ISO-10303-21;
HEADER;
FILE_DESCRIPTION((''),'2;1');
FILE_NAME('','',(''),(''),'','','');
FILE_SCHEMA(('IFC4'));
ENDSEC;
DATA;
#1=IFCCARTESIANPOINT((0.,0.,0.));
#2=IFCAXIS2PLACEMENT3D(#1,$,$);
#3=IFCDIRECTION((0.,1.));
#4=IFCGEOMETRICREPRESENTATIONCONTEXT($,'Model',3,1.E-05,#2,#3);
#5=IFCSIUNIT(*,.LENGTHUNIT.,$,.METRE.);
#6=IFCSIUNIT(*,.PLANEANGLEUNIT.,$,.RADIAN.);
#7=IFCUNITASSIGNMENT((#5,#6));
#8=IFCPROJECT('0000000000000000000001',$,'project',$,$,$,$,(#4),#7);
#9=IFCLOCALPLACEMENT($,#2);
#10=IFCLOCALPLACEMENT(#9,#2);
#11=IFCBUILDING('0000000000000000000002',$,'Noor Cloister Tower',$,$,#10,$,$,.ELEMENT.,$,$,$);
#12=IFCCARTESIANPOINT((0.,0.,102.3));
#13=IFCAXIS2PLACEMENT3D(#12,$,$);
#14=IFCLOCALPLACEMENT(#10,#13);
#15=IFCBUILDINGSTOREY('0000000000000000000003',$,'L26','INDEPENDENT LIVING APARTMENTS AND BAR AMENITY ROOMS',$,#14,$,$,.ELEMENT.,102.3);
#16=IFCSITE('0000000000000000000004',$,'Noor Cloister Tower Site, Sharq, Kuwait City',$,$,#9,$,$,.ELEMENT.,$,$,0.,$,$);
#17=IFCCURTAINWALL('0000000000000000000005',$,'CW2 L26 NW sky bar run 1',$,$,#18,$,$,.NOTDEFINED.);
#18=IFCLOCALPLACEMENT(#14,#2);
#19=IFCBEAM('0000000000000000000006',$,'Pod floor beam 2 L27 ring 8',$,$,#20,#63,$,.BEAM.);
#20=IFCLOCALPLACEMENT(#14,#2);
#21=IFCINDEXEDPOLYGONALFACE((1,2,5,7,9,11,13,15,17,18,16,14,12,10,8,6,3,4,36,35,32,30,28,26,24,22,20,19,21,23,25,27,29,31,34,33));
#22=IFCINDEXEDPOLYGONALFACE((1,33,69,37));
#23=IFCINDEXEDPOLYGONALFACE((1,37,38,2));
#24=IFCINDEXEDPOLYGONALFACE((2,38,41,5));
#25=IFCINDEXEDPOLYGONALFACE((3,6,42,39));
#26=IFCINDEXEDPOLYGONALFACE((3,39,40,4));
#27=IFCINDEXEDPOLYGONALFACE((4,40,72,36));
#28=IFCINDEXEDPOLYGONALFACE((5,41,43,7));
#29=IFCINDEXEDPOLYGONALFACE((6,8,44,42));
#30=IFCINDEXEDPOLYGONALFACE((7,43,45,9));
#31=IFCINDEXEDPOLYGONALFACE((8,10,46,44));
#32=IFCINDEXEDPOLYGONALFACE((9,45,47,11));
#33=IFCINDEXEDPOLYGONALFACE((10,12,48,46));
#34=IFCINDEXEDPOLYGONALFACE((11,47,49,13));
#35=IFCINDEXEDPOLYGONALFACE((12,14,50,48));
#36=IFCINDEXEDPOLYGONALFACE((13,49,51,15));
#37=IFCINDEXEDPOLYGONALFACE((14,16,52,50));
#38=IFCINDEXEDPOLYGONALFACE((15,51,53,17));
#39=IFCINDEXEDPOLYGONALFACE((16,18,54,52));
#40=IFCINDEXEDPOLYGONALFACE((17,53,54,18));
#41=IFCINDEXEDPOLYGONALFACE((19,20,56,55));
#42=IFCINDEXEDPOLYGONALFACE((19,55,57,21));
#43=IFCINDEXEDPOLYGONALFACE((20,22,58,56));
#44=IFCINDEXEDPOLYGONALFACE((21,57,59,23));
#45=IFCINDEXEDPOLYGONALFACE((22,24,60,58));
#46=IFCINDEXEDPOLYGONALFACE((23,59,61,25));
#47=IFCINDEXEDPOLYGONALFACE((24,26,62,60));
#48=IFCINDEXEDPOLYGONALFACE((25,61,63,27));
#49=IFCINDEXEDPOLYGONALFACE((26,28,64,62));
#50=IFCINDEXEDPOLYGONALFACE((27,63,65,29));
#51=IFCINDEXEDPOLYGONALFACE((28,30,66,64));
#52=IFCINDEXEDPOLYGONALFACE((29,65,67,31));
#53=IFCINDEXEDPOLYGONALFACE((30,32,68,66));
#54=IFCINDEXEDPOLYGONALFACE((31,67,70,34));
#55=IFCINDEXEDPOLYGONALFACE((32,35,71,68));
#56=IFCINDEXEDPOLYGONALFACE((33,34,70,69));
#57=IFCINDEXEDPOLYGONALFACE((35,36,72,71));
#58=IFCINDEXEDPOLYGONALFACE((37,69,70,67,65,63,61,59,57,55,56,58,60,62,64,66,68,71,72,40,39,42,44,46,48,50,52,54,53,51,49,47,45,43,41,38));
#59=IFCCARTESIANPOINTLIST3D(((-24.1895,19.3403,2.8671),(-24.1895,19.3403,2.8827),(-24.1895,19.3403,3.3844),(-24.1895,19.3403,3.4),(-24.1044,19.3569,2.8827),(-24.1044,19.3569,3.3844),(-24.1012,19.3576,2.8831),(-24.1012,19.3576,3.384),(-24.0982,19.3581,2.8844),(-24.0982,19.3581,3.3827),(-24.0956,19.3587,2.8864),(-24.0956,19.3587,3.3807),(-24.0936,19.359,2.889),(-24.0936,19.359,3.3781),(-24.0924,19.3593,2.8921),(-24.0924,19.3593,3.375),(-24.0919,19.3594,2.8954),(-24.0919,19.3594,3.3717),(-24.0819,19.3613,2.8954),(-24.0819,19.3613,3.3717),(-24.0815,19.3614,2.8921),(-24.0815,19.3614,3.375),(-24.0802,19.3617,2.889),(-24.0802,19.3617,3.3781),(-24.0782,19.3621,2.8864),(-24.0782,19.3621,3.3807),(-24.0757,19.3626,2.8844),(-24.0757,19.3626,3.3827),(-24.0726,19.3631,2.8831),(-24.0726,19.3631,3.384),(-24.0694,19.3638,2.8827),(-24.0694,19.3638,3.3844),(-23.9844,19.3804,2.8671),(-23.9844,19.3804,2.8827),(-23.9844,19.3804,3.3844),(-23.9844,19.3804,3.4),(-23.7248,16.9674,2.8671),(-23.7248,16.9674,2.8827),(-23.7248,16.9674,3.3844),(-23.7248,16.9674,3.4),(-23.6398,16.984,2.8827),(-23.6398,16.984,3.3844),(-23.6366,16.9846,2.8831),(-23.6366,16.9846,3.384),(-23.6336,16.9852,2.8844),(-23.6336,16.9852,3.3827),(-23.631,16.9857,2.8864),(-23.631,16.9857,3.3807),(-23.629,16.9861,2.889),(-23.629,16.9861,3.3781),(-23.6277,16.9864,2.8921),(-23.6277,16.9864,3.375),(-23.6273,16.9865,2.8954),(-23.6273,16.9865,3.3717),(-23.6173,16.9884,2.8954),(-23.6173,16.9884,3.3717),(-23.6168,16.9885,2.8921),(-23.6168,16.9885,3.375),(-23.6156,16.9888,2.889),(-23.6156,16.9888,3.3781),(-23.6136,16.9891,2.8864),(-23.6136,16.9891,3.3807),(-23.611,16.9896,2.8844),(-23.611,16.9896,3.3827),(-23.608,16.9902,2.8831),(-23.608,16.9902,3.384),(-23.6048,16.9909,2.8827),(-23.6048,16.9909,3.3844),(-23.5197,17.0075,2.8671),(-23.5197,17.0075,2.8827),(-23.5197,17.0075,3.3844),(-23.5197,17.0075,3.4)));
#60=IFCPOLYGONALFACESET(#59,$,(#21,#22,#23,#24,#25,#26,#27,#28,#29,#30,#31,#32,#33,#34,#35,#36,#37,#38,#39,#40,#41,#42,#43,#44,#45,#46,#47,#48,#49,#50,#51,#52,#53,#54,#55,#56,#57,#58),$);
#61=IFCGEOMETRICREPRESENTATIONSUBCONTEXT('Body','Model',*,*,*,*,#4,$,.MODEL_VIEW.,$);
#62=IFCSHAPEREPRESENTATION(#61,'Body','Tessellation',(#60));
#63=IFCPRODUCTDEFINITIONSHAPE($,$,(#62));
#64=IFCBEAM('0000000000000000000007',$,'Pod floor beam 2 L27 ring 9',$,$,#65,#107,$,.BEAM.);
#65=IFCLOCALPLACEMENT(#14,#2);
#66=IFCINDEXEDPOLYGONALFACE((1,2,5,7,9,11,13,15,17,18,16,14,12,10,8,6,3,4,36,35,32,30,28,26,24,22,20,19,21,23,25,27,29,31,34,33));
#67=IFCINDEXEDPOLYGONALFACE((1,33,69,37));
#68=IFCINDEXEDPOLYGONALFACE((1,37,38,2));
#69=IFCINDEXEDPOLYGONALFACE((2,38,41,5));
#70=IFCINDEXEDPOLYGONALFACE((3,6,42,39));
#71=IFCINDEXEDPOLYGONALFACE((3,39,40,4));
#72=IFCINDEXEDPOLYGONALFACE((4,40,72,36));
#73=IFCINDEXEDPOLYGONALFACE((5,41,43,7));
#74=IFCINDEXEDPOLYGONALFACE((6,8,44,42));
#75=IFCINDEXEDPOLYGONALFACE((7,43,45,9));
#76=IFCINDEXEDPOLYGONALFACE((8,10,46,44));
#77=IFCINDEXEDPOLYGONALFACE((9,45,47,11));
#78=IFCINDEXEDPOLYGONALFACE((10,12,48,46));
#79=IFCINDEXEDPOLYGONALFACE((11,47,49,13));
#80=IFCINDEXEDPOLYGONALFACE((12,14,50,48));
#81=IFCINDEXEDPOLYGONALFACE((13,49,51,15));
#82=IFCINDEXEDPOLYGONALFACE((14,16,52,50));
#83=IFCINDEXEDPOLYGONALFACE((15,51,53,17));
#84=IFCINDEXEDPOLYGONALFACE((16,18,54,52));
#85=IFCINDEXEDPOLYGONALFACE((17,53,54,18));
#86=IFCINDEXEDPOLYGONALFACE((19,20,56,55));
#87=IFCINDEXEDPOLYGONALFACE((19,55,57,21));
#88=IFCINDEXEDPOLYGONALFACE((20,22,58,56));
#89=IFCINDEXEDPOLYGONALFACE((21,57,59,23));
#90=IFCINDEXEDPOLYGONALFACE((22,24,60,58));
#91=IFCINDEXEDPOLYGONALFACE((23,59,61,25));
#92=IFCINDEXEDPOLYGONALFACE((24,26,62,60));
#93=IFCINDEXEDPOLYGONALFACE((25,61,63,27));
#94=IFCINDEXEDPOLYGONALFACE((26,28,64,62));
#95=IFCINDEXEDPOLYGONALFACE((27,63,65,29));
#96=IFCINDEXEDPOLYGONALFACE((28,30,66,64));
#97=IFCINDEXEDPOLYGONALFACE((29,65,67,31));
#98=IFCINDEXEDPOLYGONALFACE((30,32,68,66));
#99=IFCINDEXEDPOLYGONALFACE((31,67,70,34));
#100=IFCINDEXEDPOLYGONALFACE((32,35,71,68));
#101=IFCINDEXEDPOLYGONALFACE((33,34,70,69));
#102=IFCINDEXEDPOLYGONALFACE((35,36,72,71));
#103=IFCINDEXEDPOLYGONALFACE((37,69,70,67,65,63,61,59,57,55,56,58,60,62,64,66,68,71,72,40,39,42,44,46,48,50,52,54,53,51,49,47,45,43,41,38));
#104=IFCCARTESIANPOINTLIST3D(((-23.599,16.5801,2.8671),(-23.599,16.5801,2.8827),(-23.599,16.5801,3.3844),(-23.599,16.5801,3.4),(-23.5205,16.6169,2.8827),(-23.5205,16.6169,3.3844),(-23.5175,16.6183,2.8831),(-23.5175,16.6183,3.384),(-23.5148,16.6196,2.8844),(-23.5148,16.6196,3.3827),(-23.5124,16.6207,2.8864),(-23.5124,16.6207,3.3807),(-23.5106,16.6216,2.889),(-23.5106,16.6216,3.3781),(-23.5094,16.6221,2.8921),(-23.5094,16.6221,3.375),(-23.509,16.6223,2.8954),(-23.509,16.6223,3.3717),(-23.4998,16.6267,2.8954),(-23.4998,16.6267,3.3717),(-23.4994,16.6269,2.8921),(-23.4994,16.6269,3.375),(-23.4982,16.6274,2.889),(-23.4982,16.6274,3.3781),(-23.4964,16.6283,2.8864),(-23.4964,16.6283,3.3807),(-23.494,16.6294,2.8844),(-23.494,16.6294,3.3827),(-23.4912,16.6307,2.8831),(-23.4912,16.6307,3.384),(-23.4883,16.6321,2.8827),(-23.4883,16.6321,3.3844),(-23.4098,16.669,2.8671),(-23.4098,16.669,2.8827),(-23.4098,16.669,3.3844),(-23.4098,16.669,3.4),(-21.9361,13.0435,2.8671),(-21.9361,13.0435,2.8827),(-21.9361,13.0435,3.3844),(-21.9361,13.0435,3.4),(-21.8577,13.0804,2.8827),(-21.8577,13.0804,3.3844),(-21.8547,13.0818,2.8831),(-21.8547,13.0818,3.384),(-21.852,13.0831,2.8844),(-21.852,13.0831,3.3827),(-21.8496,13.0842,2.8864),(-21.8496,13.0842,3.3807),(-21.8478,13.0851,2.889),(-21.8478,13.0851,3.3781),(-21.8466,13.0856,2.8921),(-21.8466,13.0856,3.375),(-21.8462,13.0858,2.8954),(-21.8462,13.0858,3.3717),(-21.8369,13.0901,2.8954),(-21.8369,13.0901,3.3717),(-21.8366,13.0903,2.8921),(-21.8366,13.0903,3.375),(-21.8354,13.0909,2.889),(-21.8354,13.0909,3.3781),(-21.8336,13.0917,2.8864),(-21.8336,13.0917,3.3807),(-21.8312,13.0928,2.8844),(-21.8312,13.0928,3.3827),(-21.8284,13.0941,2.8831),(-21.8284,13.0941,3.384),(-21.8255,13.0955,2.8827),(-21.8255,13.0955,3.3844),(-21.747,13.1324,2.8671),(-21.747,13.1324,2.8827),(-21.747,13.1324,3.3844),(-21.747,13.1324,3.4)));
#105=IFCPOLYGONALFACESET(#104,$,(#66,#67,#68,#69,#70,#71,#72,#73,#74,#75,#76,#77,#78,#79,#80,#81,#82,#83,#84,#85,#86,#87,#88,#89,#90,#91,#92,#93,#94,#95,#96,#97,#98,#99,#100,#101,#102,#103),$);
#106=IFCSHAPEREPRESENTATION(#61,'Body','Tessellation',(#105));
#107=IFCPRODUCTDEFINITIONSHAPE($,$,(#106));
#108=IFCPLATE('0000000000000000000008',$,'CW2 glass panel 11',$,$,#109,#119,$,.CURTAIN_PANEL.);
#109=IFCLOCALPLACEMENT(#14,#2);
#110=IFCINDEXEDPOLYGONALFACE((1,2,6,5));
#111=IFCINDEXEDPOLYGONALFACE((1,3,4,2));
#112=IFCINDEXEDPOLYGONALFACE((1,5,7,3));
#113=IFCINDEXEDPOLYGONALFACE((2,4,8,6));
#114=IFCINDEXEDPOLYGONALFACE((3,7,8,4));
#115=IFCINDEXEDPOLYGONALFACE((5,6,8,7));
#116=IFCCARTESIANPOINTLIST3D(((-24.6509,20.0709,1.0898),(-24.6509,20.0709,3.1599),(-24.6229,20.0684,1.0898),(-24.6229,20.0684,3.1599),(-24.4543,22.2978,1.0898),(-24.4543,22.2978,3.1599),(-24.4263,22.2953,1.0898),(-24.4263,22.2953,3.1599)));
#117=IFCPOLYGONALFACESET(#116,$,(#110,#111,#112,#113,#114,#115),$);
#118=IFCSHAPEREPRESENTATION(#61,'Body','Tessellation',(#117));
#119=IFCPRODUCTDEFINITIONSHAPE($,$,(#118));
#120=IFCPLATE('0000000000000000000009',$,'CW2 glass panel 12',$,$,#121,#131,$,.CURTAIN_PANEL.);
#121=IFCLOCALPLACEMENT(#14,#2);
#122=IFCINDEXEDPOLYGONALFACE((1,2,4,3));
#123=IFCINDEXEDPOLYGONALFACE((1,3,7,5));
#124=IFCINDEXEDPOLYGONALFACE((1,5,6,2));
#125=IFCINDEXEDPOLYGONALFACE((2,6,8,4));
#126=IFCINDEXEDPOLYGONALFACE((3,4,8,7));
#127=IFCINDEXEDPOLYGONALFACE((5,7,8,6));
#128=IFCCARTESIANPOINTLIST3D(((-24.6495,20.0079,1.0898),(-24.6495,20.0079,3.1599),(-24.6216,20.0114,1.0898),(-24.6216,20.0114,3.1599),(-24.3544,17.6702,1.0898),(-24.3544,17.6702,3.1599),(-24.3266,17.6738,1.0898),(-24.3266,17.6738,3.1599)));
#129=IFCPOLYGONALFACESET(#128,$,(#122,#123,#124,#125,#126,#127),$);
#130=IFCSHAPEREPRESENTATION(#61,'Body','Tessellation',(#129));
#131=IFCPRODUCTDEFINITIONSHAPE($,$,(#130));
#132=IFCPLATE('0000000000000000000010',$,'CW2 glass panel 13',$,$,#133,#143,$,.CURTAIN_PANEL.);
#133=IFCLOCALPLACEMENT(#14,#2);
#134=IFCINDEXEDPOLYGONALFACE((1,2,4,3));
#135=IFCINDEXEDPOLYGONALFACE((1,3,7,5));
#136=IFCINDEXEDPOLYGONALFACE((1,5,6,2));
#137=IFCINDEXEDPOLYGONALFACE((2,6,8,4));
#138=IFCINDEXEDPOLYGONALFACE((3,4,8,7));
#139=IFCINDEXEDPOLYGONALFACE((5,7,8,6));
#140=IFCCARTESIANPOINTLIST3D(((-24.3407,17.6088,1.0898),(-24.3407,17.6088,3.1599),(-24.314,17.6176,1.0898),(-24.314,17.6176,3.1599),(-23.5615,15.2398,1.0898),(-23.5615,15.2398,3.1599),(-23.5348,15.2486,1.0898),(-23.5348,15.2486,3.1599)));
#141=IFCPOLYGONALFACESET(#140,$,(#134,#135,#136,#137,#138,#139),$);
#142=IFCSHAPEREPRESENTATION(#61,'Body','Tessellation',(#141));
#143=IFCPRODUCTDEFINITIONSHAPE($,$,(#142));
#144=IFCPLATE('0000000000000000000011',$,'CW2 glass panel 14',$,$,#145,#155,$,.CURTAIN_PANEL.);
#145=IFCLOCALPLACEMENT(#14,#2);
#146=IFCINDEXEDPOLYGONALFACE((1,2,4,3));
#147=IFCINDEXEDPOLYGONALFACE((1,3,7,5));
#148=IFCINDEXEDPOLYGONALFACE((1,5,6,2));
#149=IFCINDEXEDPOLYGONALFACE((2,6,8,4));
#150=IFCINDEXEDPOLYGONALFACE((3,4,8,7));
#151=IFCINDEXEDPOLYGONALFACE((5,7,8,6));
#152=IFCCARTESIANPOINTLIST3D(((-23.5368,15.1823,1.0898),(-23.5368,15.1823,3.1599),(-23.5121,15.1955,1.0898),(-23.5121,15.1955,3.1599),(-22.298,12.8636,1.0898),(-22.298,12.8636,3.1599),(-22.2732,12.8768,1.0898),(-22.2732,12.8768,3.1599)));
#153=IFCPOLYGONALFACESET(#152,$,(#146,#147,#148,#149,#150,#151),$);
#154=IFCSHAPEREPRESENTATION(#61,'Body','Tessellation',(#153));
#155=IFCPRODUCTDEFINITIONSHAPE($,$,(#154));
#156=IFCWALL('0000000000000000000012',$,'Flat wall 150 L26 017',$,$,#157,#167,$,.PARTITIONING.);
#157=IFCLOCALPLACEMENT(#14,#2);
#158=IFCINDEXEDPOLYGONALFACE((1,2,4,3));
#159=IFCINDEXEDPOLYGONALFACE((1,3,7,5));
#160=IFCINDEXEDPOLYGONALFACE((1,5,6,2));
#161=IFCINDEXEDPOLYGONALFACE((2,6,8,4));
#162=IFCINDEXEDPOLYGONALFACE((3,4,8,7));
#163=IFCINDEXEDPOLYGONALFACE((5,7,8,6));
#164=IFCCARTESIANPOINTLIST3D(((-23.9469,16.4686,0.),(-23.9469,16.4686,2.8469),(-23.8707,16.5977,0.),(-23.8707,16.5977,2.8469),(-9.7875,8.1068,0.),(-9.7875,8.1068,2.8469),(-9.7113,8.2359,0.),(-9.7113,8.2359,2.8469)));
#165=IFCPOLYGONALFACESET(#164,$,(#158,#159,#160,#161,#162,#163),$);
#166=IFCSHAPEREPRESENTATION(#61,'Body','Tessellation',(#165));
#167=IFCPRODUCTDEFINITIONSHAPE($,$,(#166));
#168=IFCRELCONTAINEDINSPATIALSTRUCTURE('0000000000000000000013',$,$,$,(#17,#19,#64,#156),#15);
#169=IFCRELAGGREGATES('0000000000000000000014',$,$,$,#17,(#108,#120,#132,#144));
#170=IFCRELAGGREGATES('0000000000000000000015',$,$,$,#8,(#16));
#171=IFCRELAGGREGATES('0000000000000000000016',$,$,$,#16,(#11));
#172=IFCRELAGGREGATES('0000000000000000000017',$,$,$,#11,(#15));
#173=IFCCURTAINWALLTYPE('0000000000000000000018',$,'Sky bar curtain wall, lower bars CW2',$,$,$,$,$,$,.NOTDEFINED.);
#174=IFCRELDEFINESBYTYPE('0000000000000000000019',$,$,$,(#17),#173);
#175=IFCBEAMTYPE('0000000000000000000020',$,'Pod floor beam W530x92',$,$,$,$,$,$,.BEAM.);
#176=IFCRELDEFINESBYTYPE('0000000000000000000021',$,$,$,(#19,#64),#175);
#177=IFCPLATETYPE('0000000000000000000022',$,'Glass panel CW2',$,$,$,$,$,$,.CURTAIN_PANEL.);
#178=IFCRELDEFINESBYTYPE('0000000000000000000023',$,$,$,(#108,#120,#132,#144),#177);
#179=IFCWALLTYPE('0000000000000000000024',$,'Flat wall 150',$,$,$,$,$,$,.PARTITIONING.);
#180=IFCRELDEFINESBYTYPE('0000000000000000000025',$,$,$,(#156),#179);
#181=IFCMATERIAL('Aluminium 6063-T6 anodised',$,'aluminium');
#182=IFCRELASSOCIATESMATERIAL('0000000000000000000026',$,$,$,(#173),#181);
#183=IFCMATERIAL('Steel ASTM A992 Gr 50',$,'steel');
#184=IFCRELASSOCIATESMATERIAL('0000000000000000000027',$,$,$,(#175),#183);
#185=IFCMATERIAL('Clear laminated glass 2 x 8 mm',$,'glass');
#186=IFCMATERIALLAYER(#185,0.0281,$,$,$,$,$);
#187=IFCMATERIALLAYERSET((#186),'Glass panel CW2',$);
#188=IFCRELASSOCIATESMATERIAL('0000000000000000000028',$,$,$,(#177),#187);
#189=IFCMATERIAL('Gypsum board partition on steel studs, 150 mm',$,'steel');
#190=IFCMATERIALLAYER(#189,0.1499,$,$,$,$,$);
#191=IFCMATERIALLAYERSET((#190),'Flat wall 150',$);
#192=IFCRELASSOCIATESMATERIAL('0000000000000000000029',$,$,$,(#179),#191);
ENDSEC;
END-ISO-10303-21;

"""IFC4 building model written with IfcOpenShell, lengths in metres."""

from ifc_helpers import new_model, si_unit, direction, frame, frame_2d, origin, origin_2d, place, context, subcontext, project, spatial, rectangle, i_section, extrude, material, layer, layer_set, material_profile, profile_set, type_object, element, aggregate, save


model = new_model("IFC4")

# Units and contexts
model_context = context("Model", 3, precision=1e-05, world=origin(), true_north=direction((0.0, 1.0)))
body_context = subcontext(model_context, "Body", "Model", "MODEL_VIEW")
ifc_project = project(units=[si_unit("LENGTHUNIT", "METRE"), si_unit("PLANEANGLEUNIT", "RADIAN")], contexts=[model_context])

# Site, building, storey
site_placement = place(None, origin())
site = spatial("IfcSite", under=ifc_project, at=site_placement, Name="Noor Cloister Tower Site, Sharq, Kuwait City", CompositionType="ELEMENT", RefElevation=0.0)
building_placement = place(site_placement, origin())
building = spatial("IfcBuilding", under=site, at=building_placement, Name="Noor Cloister Tower", CompositionType="ELEMENT")
storey_placement = place(building_placement, frame((0.0, 0.0, 102.3)))
storey = spatial("IfcBuildingStorey", under=building, at=storey_placement, Name="L26", Description="INDEPENDENT LIVING APARTMENTS AND BAR AMENITY ROOMS", CompositionType="ELEMENT", Elevation=102.3)

# Curtain wall
ifc_material_1 = material(Name="Aluminium 6063-T6 anodised", Category="aluminium")
curtain_wall_type = type_object("IfcCurtainWallType", Name="Sky bar curtain wall, lower bars CW2", PredefinedType="NOTDEFINED", material=ifc_material_1)
curtain_wall_placement = place(storey_placement, origin())
curtain_wall = element("IfcCurtainWall", 1, at=curtain_wall_placement, inside=storey, type_object=curtain_wall_type, Name="CW2 L26 NW sky bar run 1", PredefinedType="NOTDEFINED")

# Beams
ifc_material_2 = material(Name="Steel ASTM A992 Gr 50", Category="steel")
ifc_material_profile_1 = material_profile(ifc_material_2, i_section(OverallWidth=0.209, OverallDepth=0.533, WebThickness=0.0103, FlangeThickness=0.0156, FilletRadius=0.0127, at=origin_2d()), Name="W530x92")
ifc_profile_set_1 = profile_set([ifc_material_profile_1], Name="Steel ASTM A992 Gr 50")
beam_type = type_object("IfcBeamType", Name="Pod floor beam W530x92", PredefinedType="BEAM", material=ifc_profile_set_1)
beam_1_placement = place(storey_placement, frame((-24.0869, 19.3604, 3.1335), z_axis=(0.192153, -0.981365, 0.0), x_axis=(0.981365, 0.192153, 0.0)))
element("IfcBeam", 2, at=beam_1_placement, inside=storey, type_object=beam_type, Name="Pod floor beam 2 L27 ring 8", PredefinedType="BEAM", context=body_context, shape_type="SweptSolid", body=[
    extrude(i_section(OverallWidth=0.209, OverallDepth=0.533, WebThickness=0.0103, FlangeThickness=0.0156, FilletRadius=0.0127, at=origin_2d()), origin(), (0.0, 0.0, 1.0), 2.418),
])
beam_2_placement = place(storey_placement, frame((-23.5044, 16.6245, 3.1335), z_axis=(0.425493, -0.904962, 0.0), x_axis=(0.904962, 0.425493, 0.0)))
element("IfcBeam", 3, at=beam_2_placement, inside=storey, type_object=beam_type, Name="Pod floor beam 2 L27 ring 9", PredefinedType="BEAM", context=body_context, shape_type="SweptSolid", body=[
    extrude(i_section(OverallWidth=0.209, OverallDepth=0.533, WebThickness=0.0103, FlangeThickness=0.0156, FilletRadius=0.0127, at=origin_2d()), origin(), (0.0, 0.0, 1.0), 3.908),
])

# Plates
ifc_material_3 = material(Name="Clear laminated glass 2 x 8 mm", Category="glass")
ifc_layer_1 = layer(ifc_material_3, 0.0281)
ifc_layer_set_1 = layer_set([ifc_layer_1], Name="Glass panel CW2")
plate_type = type_object("IfcPlateType", Name="Glass panel CW2", PredefinedType="CURTAIN_PANEL", material=ifc_layer_set_1)
plate_1_placement = place(storey_placement, frame((-24.5386, 21.1831, 1.0898), z_axis=(0.0, 0.0, 1.0), x_axis=(-0.087935, -0.996126, 0.0)))
plate_1 = element("IfcPlate", 4, at=plate_1_placement, type_object=plate_type, Name="CW2 glass panel 11", PredefinedType="CURTAIN_PANEL", context=body_context, shape_type="SweptSolid", body=[
    extrude(rectangle(XDim=2.2356, YDim=0.0281, at=origin_2d()), origin(), (0.0, 0.0, 1.0), 2.0701),
])
plate_2_placement = place(storey_placement, frame((-24.488, 18.8408, 1.0898), z_axis=(0.0, 0.0, 1.0), x_axis=(0.125227, -0.992128, 0.0)))
plate_2 = element("IfcPlate", 5, at=plate_2_placement, type_object=plate_type, Name="CW2 glass panel 12", PredefinedType="CURTAIN_PANEL", context=body_context, shape_type="SweptSolid", body=[
    extrude(rectangle(XDim=2.3562, YDim=0.0281, at=origin_2d()), origin(), (0.0, 0.0, 1.0), 2.0701),
])
plate_3_placement = place(storey_placement, frame((-23.9377, 16.4287, 1.0898), z_axis=(0.0, 0.0, 1.0), x_axis=(0.312457, -0.949932, 0.0)))
plate_3 = element("IfcPlate", 6, at=plate_3_placement, type_object=plate_type, Name="CW2 glass panel 13", PredefinedType="CURTAIN_PANEL", context=body_context, shape_type="SweptSolid", body=[
    extrude(rectangle(XDim=2.4939, YDim=0.0281, at=origin_2d()), origin(), (0.0, 0.0, 1.0), 2.0701),
])
plate_4_placement = place(storey_placement, frame((-22.905, 14.0295, 1.0898), z_axis=(0.0, 0.0, 1.0), x_axis=(0.471239, -0.882006, 0.0)))
plate_4 = element("IfcPlate", 7, at=plate_4_placement, type_object=plate_type, Name="CW2 glass panel 14", PredefinedType="CURTAIN_PANEL", context=body_context, shape_type="SweptSolid", body=[
    extrude(rectangle(XDim=2.6289, YDim=0.0281, at=origin_2d()), origin(), (0.0, 0.0, 1.0), 2.0701),
])
aggregate(curtain_wall, [plate_1, plate_2, plate_3, plate_4])

# Wall
ifc_material_4 = material(Name="Gypsum board partition on steel studs, 150 mm", Category="steel")
ifc_layer_2 = layer(ifc_material_4, 0.1499)
ifc_layer_set_2 = layer_set([ifc_layer_2], Name="Flat wall 150")
wall_type = type_object("IfcWallType", Name="Flat wall 150", PredefinedType="PARTITIONING", material=ifc_layer_set_2)
wall_placement = place(storey_placement, frame((-23.9089, 16.5332, 0.0), z_axis=(0.0, 0.0, 1.0), x_axis=(0.861063, -0.508499, 0.0)))
element("IfcWall", 8, at=wall_placement, inside=storey, type_object=wall_type, Name="Flat wall 150 L26 017", PredefinedType="PARTITIONING", context=body_context, shape_type="SweptSolid", body=[
    extrude(rectangle(XDim=16.4441, YDim=0.1499, at=frame_2d((8.2222, 0.0))), origin(), (0.0, 0.0, 1.0), 2.8469),
])

save(model, "model.ifc")
